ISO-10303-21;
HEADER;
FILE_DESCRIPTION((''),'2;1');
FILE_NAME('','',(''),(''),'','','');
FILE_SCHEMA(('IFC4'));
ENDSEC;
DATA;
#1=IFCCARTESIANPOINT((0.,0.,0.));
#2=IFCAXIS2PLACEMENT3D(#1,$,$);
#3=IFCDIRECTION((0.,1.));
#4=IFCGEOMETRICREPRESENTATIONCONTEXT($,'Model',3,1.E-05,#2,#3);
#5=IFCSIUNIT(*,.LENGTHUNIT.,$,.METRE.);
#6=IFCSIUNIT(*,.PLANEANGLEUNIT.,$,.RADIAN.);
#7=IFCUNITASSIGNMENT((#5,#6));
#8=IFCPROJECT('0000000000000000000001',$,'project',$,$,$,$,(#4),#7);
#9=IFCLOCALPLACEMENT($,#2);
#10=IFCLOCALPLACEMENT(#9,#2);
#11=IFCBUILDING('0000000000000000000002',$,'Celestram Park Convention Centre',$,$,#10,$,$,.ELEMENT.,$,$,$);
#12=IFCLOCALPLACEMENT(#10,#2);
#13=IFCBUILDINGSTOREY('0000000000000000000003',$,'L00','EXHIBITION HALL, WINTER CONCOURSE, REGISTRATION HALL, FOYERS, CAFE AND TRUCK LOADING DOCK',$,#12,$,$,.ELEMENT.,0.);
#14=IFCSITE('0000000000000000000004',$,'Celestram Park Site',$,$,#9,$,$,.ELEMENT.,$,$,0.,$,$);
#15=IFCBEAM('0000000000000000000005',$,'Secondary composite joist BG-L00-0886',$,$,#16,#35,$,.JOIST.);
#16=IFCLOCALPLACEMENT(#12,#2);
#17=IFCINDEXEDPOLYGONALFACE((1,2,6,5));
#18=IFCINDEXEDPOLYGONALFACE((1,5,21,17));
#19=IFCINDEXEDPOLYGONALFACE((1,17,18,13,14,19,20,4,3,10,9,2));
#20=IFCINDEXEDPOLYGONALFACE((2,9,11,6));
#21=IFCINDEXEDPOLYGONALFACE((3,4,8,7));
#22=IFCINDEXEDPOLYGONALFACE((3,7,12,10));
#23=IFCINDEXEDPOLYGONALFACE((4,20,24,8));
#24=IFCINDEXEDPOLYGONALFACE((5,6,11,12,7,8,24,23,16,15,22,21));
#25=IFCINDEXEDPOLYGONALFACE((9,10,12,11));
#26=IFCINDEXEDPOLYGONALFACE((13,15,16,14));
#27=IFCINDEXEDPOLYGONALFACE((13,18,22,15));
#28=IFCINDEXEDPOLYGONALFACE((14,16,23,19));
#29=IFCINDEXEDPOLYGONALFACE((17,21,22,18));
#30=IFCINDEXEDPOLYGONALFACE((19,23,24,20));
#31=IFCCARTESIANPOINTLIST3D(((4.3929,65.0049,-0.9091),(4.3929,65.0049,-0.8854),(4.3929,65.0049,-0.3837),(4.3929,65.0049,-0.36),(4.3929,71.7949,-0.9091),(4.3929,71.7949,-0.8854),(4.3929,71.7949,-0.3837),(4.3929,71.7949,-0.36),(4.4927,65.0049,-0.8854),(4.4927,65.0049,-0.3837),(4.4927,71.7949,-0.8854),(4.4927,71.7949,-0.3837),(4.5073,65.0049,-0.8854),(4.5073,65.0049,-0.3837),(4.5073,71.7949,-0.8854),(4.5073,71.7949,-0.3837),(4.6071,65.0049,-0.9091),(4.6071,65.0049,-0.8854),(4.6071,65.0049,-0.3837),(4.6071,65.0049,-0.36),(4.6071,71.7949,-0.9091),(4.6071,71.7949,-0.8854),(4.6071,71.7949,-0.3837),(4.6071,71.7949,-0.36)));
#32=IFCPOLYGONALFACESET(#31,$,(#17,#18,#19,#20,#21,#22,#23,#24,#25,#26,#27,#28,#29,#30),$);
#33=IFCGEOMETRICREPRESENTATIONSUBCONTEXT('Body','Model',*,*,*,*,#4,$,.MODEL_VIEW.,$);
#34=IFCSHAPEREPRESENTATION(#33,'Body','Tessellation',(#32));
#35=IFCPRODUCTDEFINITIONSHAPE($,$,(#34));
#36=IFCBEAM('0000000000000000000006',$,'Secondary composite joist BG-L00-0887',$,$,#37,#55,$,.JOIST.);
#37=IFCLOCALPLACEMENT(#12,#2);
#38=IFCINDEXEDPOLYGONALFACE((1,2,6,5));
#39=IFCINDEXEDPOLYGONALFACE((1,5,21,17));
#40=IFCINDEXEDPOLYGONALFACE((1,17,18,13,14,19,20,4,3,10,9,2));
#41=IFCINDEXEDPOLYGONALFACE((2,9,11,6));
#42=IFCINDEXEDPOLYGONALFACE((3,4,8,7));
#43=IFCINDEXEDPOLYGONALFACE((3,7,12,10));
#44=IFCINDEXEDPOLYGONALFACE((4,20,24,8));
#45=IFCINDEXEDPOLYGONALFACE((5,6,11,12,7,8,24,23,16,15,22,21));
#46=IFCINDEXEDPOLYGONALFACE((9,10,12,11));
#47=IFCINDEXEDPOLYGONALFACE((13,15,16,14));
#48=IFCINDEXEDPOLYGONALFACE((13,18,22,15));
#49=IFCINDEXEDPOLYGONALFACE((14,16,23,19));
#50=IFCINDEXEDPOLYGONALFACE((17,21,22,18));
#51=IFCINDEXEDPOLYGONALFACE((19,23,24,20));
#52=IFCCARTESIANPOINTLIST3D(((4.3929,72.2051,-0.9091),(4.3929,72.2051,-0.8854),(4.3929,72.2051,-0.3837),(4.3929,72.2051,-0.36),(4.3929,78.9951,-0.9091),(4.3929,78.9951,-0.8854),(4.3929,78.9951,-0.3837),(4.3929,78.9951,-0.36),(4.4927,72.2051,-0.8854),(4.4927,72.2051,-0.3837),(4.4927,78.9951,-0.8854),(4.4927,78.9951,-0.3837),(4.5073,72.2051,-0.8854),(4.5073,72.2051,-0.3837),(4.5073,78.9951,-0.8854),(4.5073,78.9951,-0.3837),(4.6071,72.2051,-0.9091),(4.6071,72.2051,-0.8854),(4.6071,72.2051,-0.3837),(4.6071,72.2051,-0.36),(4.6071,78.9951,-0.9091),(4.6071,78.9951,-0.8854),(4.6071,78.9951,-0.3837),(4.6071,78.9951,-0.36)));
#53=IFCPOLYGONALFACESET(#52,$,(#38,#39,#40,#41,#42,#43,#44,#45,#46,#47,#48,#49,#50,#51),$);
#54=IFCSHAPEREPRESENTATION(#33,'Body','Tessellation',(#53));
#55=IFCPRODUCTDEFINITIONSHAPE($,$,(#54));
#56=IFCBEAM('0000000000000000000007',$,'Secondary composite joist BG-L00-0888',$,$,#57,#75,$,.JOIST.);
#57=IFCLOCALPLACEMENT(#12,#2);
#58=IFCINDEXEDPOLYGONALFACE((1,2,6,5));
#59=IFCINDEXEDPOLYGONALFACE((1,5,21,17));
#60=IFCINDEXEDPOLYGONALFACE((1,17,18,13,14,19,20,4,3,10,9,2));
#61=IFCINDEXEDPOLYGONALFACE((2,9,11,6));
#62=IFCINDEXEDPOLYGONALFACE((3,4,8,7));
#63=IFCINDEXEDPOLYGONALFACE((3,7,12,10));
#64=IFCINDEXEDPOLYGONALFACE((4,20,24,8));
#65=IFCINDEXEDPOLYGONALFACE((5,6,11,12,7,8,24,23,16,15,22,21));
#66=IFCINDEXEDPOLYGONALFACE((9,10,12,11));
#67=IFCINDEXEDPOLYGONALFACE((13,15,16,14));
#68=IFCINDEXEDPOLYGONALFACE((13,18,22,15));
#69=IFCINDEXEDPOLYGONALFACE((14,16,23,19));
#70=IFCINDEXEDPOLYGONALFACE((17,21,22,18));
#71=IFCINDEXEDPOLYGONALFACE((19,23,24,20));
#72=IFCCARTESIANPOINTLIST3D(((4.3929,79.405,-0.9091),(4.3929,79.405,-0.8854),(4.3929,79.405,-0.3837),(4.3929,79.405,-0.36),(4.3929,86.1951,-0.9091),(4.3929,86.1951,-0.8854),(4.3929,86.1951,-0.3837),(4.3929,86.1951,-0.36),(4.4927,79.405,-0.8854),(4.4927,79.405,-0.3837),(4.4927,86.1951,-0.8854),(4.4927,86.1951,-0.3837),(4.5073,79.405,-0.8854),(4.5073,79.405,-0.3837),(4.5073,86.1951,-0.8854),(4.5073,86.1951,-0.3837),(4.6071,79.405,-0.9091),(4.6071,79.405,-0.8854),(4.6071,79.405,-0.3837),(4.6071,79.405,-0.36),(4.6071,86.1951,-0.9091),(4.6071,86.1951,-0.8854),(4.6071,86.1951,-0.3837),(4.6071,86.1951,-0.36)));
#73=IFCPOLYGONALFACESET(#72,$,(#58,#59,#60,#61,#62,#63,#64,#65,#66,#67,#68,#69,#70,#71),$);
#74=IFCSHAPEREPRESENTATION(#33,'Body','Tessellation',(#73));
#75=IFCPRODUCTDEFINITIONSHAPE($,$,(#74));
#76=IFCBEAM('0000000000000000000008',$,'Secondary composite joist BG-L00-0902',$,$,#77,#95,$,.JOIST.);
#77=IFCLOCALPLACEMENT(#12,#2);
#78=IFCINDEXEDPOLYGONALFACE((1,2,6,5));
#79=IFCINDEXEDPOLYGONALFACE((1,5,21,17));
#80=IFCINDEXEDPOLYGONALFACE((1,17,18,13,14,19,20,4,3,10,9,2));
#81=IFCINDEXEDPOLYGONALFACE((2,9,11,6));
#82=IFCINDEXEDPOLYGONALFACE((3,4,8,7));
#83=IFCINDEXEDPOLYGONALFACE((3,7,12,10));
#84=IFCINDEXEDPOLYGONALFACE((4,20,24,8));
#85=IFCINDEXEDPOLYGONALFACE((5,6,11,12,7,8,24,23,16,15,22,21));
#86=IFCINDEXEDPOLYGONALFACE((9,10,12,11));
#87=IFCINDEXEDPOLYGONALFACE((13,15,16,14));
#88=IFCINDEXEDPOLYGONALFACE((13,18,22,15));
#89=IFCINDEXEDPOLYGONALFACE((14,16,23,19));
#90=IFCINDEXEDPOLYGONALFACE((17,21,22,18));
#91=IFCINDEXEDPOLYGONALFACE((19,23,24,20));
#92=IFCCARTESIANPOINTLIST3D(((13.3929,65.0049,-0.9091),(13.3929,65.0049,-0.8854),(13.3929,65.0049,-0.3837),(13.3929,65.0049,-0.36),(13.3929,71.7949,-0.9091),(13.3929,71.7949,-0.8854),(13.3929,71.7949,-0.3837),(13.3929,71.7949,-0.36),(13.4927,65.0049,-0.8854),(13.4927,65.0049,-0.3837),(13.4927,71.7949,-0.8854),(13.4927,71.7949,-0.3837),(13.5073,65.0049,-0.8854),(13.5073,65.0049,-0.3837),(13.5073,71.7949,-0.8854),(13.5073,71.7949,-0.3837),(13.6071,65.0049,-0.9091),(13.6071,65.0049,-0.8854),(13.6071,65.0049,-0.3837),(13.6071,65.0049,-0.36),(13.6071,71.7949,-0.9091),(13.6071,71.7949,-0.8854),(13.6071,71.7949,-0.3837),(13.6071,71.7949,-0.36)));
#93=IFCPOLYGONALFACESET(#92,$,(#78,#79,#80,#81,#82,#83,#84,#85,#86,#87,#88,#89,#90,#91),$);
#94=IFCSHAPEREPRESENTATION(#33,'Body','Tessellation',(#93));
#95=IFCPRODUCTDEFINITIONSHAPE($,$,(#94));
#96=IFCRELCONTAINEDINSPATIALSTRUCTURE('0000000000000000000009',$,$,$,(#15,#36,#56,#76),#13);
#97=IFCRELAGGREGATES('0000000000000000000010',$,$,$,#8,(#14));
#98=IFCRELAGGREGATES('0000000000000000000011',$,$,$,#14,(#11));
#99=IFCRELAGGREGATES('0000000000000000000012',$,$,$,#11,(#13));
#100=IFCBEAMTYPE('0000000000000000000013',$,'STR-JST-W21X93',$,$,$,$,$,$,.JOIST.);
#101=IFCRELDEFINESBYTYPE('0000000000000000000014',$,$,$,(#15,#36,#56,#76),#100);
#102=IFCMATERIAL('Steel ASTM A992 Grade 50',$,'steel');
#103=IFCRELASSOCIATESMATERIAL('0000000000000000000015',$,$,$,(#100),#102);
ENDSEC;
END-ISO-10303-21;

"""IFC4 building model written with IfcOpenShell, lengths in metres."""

from ifc_helpers import new_model, si_unit, direction, frame, origin, origin_2d, place, context, subcontext, project, spatial, i_section, extrude, material, material_profile, profile_set, type_object, element, save


model = new_model("IFC4")

# Units and contexts
model_context = context("Model", 3, precision=1e-05, world=origin(), true_north=direction((0.0, 1.0)))
body_context = subcontext(model_context, "Body", "Model", "MODEL_VIEW")
ifc_project = project(units=[si_unit("LENGTHUNIT", "METRE"), si_unit("PLANEANGLEUNIT", "RADIAN")], contexts=[model_context])

# Site, building, storey
site_placement = place(None, origin())
site = spatial("IfcSite", under=ifc_project, at=site_placement, Name="Celestram Park Site", CompositionType="ELEMENT", RefElevation=0.0)
building_placement = place(site_placement, origin())
building = spatial("IfcBuilding", under=site, at=building_placement, Name="Celestram Park Convention Centre", CompositionType="ELEMENT")
storey_placement = place(building_placement, origin())
storey = spatial("IfcBuildingStorey", under=building, at=storey_placement, Name="L00", Description="EXHIBITION HALL, WINTER CONCOURSE, REGISTRATION HALL, FOYERS, CAFE AND TRUCK LOADING DOCK", CompositionType="ELEMENT", Elevation=0.0)

# Shared definitions
ifc_material_1 = material(Name="Steel ASTM A992 Grade 50", Category="steel")

# Beams
ifc_material_profile_1 = material_profile(ifc_material_1, i_section(OverallWidth=0.2141, OverallDepth=0.5491, WebThickness=0.0146, FlangeThickness=0.0237, at=origin_2d()), Name="W21X93")
ifc_profile_set_1 = profile_set([ifc_material_profile_1], Name="Steel ASTM A992 Grade 50")
beam_type_1 = type_object("IfcBeamType", Name="STR-JST-W21X93", PredefinedType="JOIST", material=ifc_profile_set_1)
for number, where, z_axis, x_axis, name in (
    (1, (4.5, 65.0049, -0.6345), (0.0, 1.0, 0.0), (-1.0, 0.0, 0.0), "Secondary composite joist BG-L00-0886"),
    (2, (4.5, 72.2051, -0.6345), (0.0, 1.0, 0.0), (-1.0, 0.0, 0.0), "Secondary composite joist BG-L00-0887"),
    (3, (4.5, 79.405, -0.6345), (0.0, 1.0, 0.0), (-1.0, 0.0, 0.0), "Secondary composite joist BG-L00-0888"),
    (4, (13.5, 65.0049, -0.6345), (0.0, 1.0, 0.0), (-1.0, 0.0, 0.0), "Secondary composite joist BG-L00-0902"),
):
    element("IfcBeam", number, at=place(storey_placement, frame(where, z_axis=z_axis, x_axis=x_axis)), inside=storey, type_object=beam_type_1, Name=name, PredefinedType="JOIST", context=body_context, shape_type="SweptSolid", body=[
        extrude(i_section(OverallWidth=0.2141, OverallDepth=0.5491, WebThickness=0.0146, FlangeThickness=0.0237, at=origin_2d()), origin(), (0.0, 0.0, 1.0), 6.79),
    ])

save(model, "model.ifc")
